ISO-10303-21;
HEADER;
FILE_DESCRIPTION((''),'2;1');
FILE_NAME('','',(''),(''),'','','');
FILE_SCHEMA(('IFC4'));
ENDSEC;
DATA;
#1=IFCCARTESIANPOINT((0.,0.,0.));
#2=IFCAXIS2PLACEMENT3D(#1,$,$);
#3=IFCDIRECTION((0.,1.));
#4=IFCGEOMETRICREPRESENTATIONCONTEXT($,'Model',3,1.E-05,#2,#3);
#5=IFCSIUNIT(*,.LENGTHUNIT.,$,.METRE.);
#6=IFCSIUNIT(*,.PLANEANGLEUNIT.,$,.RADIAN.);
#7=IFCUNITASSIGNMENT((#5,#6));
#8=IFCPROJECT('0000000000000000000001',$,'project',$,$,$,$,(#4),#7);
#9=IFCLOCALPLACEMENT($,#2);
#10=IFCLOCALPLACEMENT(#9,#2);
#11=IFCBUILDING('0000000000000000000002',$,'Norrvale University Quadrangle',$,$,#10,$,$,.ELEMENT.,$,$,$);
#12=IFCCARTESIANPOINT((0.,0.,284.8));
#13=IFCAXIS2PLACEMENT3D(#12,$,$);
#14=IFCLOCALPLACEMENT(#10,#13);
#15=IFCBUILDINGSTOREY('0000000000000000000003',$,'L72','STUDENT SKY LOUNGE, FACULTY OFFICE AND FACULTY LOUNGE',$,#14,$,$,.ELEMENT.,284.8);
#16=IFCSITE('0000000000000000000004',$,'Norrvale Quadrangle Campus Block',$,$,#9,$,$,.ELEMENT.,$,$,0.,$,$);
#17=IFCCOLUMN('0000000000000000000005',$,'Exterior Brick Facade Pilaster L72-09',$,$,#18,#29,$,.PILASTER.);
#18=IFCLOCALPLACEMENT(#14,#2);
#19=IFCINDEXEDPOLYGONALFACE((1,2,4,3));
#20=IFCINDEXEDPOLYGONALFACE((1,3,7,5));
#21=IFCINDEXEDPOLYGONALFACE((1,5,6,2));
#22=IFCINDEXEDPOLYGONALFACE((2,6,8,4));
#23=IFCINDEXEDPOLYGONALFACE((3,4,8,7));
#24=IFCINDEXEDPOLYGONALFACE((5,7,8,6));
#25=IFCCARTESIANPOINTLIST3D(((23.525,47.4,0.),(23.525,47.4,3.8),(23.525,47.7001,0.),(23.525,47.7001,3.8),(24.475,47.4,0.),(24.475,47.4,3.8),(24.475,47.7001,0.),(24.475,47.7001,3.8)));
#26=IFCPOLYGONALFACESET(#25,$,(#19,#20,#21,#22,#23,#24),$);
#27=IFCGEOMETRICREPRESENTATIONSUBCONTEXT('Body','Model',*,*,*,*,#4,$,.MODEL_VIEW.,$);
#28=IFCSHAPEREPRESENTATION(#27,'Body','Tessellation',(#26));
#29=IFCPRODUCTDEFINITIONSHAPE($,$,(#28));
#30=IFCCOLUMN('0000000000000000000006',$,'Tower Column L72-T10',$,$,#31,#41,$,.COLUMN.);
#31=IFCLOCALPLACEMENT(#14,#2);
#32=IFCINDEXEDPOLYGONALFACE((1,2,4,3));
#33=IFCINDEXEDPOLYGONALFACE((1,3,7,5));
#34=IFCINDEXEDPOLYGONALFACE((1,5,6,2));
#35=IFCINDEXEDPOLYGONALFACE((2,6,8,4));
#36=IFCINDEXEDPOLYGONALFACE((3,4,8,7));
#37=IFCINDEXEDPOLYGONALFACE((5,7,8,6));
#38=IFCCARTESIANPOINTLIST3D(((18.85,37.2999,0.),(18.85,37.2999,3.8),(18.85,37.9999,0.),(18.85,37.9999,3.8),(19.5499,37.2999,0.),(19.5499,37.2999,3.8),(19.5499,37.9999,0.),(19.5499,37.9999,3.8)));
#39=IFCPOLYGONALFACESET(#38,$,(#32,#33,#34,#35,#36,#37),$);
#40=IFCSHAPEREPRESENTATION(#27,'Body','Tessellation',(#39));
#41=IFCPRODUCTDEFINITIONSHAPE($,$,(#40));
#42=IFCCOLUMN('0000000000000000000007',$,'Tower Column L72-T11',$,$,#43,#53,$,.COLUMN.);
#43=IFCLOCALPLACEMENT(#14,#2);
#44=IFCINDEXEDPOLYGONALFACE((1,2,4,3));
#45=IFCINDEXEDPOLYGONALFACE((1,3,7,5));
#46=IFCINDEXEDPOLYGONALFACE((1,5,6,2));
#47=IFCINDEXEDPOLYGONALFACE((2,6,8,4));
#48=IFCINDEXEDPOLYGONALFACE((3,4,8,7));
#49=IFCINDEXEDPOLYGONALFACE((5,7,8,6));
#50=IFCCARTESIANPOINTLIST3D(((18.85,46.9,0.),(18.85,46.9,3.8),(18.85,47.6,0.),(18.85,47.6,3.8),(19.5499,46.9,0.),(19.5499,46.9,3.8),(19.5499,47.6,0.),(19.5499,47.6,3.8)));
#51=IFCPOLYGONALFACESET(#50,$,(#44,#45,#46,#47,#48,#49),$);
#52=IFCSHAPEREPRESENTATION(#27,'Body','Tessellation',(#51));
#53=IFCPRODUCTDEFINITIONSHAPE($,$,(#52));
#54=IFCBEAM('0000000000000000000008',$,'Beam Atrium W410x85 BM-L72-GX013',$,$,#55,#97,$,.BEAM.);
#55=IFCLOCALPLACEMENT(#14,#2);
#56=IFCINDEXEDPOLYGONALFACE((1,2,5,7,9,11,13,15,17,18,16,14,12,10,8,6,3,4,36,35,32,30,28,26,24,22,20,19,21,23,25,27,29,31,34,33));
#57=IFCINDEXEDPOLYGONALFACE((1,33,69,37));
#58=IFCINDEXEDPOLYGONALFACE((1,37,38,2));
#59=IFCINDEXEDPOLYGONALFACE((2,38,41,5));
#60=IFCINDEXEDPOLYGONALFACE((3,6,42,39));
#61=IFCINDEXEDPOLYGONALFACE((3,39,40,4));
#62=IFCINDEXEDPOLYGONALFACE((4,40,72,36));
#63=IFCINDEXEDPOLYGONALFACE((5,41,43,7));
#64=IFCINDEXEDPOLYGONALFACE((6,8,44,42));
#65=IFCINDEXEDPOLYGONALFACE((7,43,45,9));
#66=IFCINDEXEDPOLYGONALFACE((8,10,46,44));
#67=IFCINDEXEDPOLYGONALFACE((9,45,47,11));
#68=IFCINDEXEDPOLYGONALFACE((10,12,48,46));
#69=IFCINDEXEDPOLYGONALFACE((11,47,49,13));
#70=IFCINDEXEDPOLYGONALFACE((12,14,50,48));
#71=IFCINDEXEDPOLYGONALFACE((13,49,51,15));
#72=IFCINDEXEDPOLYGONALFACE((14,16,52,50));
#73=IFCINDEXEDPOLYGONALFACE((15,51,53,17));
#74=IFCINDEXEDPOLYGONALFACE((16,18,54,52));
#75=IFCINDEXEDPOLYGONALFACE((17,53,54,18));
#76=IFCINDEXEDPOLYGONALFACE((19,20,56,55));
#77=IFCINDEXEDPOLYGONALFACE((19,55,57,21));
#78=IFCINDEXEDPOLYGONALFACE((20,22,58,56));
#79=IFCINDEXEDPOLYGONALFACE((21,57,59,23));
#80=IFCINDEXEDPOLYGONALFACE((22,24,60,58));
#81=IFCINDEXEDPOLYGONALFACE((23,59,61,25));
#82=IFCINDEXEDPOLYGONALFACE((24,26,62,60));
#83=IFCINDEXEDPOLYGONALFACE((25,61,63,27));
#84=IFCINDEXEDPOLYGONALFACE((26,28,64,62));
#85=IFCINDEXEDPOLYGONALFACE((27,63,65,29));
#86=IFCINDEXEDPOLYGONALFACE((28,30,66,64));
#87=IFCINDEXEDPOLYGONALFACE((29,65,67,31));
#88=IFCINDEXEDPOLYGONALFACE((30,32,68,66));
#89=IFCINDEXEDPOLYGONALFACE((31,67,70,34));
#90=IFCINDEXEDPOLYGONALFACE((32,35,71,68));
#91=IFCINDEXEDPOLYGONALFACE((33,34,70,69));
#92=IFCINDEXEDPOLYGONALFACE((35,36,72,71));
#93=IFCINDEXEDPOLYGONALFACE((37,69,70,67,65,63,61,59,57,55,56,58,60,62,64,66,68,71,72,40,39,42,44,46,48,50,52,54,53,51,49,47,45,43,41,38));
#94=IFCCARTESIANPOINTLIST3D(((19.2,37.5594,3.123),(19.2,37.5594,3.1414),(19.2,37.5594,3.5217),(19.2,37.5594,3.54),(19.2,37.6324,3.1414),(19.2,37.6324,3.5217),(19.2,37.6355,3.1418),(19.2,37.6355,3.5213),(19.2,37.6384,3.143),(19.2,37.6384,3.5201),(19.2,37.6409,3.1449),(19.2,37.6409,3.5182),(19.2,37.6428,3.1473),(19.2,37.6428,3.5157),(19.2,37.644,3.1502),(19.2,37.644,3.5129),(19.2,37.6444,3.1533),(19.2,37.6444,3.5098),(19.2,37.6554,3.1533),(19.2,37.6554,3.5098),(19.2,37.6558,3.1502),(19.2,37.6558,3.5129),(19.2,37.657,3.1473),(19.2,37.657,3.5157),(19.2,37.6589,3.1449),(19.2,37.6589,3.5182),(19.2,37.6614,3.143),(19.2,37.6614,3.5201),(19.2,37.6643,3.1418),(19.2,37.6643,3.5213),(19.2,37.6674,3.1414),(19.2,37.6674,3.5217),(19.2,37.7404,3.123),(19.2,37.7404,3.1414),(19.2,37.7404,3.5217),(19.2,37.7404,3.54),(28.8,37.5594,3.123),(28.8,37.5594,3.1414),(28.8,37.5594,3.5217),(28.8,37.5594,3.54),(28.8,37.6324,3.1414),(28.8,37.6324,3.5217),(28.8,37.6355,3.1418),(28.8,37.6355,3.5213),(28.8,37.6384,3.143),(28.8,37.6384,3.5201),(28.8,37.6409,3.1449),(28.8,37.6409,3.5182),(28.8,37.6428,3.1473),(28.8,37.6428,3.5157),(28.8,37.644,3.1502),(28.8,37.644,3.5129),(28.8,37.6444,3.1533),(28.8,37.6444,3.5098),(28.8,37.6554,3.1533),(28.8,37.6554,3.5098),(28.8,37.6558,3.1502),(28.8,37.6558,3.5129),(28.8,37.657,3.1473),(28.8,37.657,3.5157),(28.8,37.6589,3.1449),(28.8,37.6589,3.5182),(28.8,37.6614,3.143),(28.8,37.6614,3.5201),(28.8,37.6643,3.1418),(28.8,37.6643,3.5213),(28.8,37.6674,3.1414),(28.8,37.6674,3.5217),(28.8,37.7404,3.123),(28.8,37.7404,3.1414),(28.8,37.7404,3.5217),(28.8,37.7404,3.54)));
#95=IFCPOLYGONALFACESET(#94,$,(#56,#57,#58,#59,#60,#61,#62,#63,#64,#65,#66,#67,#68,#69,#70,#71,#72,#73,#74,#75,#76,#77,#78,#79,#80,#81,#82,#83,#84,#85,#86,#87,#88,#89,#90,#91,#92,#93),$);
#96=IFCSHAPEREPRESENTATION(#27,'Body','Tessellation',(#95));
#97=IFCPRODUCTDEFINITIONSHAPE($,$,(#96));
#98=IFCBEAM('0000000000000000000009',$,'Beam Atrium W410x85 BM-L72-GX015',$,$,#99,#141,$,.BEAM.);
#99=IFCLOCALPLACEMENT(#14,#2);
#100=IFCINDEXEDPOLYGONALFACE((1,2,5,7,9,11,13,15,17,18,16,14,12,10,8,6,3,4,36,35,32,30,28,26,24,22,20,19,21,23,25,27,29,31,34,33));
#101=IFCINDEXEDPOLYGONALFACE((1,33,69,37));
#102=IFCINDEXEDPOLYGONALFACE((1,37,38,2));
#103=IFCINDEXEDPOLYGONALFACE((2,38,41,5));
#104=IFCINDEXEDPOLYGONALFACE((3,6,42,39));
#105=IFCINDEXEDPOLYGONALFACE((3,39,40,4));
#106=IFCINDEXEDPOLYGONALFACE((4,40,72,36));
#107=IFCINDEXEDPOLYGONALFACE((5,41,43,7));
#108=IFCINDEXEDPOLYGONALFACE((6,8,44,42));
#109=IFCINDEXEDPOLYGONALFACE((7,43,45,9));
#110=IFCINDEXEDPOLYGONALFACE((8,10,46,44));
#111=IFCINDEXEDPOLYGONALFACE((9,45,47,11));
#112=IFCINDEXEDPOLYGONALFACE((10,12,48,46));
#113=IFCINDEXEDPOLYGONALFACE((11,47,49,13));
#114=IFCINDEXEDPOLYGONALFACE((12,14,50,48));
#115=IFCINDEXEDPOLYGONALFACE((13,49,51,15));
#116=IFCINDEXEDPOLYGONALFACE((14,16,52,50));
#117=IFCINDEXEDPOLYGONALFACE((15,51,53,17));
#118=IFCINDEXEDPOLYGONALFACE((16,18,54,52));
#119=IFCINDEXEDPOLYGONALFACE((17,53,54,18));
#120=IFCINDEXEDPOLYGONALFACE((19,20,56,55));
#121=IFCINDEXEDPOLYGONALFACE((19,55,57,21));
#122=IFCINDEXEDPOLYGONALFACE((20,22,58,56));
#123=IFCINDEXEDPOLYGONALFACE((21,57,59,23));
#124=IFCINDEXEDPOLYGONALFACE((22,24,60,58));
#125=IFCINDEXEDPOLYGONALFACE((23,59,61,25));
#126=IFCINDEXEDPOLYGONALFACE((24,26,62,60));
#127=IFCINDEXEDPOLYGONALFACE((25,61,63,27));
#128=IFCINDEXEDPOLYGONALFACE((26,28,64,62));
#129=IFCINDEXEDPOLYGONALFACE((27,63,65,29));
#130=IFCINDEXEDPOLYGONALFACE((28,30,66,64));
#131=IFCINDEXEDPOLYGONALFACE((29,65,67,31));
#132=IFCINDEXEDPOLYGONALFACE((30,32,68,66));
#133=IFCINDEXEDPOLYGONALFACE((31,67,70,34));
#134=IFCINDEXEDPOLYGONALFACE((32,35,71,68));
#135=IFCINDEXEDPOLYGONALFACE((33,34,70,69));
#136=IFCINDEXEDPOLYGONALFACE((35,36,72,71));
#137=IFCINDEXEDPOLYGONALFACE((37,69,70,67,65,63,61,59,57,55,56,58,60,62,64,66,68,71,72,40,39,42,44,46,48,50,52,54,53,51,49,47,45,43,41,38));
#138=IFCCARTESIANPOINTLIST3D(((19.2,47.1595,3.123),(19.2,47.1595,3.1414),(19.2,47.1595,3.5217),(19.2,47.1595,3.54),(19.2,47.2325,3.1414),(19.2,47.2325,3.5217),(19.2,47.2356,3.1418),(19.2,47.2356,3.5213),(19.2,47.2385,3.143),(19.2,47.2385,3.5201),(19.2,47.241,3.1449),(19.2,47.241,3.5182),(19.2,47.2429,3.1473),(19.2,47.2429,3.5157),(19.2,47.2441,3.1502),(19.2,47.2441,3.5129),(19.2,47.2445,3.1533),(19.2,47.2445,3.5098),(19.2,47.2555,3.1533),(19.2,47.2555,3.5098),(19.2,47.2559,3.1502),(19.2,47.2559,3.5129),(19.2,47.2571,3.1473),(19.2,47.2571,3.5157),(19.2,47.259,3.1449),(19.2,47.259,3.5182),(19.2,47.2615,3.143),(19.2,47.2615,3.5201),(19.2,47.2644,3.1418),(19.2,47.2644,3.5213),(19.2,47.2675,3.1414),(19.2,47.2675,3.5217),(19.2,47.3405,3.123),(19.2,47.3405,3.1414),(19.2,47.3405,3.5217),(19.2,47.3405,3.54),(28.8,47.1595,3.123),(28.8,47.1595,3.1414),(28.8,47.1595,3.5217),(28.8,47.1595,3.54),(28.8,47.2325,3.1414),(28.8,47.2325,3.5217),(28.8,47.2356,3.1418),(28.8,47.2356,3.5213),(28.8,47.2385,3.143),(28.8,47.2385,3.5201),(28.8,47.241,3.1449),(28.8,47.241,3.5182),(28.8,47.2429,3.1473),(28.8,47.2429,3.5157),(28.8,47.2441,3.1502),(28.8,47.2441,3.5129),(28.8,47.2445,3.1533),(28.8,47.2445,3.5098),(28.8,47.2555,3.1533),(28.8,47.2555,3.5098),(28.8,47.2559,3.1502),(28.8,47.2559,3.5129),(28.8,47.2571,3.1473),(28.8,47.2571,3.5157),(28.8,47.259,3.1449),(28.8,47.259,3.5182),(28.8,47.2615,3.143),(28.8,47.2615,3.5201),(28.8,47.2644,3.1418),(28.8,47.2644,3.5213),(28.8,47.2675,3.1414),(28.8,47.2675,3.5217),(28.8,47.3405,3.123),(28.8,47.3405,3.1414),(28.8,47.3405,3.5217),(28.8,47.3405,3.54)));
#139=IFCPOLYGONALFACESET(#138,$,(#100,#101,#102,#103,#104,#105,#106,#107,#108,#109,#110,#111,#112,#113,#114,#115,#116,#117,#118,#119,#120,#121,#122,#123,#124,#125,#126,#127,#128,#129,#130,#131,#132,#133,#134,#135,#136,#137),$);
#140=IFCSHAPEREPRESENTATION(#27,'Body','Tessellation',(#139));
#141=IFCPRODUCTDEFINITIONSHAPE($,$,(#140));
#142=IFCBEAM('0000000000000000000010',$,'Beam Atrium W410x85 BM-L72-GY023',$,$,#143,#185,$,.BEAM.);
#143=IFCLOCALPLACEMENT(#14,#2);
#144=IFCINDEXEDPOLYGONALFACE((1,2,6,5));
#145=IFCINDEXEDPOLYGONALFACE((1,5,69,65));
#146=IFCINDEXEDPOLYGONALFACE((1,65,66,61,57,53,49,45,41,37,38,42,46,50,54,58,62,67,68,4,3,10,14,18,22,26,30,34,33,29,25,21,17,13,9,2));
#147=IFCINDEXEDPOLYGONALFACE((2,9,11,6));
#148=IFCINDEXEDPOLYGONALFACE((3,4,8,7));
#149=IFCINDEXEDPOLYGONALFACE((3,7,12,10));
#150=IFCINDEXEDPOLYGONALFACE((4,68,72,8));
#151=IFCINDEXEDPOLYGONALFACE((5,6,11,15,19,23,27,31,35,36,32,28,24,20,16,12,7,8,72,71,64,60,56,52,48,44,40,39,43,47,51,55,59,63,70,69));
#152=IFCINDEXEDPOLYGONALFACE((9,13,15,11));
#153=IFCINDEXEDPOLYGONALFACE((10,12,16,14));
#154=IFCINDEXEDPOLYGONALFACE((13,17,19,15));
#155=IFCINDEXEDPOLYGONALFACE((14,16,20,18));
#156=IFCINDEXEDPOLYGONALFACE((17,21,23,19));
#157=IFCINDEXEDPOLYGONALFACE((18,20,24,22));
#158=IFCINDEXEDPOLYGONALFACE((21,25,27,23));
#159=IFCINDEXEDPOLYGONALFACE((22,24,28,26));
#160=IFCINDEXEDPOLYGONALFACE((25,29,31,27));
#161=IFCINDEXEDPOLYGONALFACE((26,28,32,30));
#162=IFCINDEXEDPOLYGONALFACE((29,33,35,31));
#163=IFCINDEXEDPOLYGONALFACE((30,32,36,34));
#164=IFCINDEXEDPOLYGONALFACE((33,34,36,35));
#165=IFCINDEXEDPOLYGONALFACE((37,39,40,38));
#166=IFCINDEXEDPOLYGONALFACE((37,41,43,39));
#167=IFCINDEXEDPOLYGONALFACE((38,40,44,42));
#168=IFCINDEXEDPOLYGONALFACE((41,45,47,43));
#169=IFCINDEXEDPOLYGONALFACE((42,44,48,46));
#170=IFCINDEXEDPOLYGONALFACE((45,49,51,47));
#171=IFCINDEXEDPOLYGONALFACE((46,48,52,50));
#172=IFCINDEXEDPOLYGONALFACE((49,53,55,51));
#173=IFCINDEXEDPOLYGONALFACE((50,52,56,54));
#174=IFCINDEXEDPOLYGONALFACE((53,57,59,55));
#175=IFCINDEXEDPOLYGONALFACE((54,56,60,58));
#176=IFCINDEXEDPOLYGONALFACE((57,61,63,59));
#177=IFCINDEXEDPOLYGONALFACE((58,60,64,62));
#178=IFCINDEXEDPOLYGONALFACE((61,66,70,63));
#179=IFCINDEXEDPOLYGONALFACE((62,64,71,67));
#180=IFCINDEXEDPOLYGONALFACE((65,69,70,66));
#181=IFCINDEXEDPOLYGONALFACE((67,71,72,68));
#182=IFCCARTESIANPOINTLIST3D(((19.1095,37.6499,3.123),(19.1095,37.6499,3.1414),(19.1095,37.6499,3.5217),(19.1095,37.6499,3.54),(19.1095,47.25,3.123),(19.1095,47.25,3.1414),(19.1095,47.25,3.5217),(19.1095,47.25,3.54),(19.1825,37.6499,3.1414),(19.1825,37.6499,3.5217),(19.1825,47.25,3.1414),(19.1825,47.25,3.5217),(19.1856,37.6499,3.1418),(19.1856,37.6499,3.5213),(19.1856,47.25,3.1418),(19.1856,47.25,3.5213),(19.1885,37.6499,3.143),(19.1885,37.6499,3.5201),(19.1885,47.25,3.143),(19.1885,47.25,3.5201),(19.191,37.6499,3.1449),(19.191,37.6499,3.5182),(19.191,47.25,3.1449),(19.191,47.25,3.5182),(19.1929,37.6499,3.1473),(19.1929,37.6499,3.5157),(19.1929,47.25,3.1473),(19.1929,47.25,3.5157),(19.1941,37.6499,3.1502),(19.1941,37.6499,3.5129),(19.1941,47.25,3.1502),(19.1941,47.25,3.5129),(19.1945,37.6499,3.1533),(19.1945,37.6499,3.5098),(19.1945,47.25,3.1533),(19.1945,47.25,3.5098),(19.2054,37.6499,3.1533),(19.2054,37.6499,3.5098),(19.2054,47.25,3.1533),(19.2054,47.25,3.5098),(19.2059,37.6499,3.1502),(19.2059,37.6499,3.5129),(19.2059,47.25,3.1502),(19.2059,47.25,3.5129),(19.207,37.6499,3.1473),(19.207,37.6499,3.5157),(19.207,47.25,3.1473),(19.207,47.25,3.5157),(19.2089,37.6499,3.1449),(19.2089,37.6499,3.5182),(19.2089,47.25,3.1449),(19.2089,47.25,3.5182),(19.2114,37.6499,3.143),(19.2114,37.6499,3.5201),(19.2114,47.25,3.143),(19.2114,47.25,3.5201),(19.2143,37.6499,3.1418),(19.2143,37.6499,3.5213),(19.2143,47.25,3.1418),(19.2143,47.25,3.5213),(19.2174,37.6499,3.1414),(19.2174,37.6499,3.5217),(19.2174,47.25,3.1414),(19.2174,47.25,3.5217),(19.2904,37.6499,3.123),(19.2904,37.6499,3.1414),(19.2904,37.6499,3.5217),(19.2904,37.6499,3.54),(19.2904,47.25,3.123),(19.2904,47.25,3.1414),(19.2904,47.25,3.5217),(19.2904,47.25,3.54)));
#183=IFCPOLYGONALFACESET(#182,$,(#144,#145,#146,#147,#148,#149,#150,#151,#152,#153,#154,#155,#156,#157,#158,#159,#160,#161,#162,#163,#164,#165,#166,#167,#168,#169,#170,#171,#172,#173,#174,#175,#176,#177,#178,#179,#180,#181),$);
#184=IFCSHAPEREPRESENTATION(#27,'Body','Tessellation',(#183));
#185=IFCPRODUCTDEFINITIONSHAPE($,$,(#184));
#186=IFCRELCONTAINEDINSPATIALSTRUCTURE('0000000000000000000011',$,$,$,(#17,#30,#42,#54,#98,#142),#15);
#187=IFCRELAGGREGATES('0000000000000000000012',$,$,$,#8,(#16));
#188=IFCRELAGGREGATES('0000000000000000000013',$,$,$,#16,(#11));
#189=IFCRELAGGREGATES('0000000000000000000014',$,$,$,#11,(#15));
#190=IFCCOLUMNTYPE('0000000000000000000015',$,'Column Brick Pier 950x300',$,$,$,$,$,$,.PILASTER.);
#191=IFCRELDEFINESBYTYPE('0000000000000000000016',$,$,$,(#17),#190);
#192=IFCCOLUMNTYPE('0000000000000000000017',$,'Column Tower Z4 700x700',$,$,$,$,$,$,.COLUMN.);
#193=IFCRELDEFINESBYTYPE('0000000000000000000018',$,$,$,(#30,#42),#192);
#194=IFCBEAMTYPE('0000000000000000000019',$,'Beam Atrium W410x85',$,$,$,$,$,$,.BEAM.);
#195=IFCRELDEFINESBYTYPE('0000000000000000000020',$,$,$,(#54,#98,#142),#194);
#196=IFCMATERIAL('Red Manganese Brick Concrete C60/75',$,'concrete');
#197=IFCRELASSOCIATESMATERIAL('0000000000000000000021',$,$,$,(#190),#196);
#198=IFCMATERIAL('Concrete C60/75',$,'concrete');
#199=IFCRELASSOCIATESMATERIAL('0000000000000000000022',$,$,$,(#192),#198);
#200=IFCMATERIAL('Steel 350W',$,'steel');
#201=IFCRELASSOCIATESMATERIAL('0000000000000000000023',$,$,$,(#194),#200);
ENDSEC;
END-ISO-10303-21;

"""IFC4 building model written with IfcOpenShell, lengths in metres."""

from ifc_helpers import new_model, si_unit, direction, frame, origin, origin_2d, place, context, subcontext, project, spatial, rectangle, i_section, extrude, material, material_profile, profile_set, type_object, element, save


model = new_model("IFC4")

# Units and contexts
model_context = context("Model", 3, precision=1e-05, world=origin(), true_north=direction((0.0, 1.0)))
body_context = subcontext(model_context, "Body", "Model", "MODEL_VIEW")
ifc_project = project(units=[si_unit("LENGTHUNIT", "METRE"), si_unit("PLANEANGLEUNIT", "RADIAN")], contexts=[model_context])

# Site, building, storey
site_placement = place(None, origin())
site = spatial("IfcSite", under=ifc_project, at=site_placement, Name="Norrvale Quadrangle Campus Block", CompositionType="ELEMENT", RefElevation=0.0)
building_placement = place(site_placement, origin())
building = spatial("IfcBuilding", under=site, at=building_placement, Name="Norrvale University Quadrangle", CompositionType="ELEMENT")
storey_placement = place(building_placement, frame((0.0, 0.0, 284.8)))
storey = spatial("IfcBuildingStorey", under=building, at=storey_placement, Name="L72", Description="STUDENT SKY LOUNGE, FACULTY OFFICE AND FACULTY LOUNGE", CompositionType="ELEMENT", Elevation=284.8)

# Columns
ifc_material_1 = material(Name="Red Manganese Brick Concrete C60/75", Category="concrete")
ifc_material_profile_1 = material_profile(ifc_material_1, rectangle(XDim=0.95, YDim=0.3, at=origin_2d()), Name="Red Manganese Brick Concrete C60/75")
ifc_profile_set_1 = profile_set([ifc_material_profile_1], Name="Red Manganese Brick Concrete C60/75")
column_type_1 = type_object("IfcColumnType", Name="Column Brick Pier 950x300", PredefinedType="PILASTER", material=ifc_profile_set_1)
column_placement = place(storey_placement, frame((24.0, 47.55, 0.0), z_axis=(0.0, 0.0, 1.0), x_axis=(1.0, 0.0, 0.0)))
element("IfcColumn", 1, at=column_placement, inside=storey, type_object=column_type_1, Name="Exterior Brick Facade Pilaster L72-09", PredefinedType="PILASTER", context=body_context, shape_type="SweptSolid", body=[
    extrude(rectangle(XDim=0.95, YDim=0.3, at=origin_2d()), origin(), (0.0, 0.0, 1.0), 3.8),
])
ifc_material_2 = material(Name="Concrete C60/75", Category="concrete")
ifc_material_profile_2 = material_profile(ifc_material_2, rectangle(XDim=0.7, YDim=0.7, at=origin_2d()), Name="Concrete C60/75")
ifc_profile_set_2 = profile_set([ifc_material_profile_2], Name="Concrete C60/75")
column_type_2 = type_object("IfcColumnType", Name="Column Tower Z4 700x700", PredefinedType="COLUMN", material=ifc_profile_set_2)
for number, where, z_axis, x_axis, name in (
    (2, (19.2, 37.6499, 0.0), (0.0, 0.0, 1.0), (1.0, 0.0, 0.0), "Tower Column L72-T10"),
    (3, (19.2, 47.25, 0.0), (0.0, 0.0, 1.0), (1.0, 0.0, 0.0), "Tower Column L72-T11"),
):
    element("IfcColumn", number, at=place(storey_placement, frame(where, z_axis=z_axis, x_axis=x_axis)), inside=storey, type_object=column_type_2, Name=name, PredefinedType="COLUMN", context=body_context, shape_type="SweptSolid", body=[
        extrude(rectangle(XDim=0.7, YDim=0.7, at=origin_2d()), origin(), (0.0, 0.0, 1.0), 3.8),
    ])

# Beams
ifc_material_3 = material(Name="Steel 350W", Category="steel")
ifc_material_profile_3 = material_profile(ifc_material_3, i_section(OverallWidth=0.1809, OverallDepth=0.417, WebThickness=0.011, FlangeThickness=0.0183, FilletRadius=0.012, at=origin_2d()), Name="Steel 350W")
ifc_profile_set_3 = profile_set([ifc_material_profile_3], Name="Steel 350W")
beam_type_1 = type_object("IfcBeamType", Name="Beam Atrium W410x85", PredefinedType="BEAM", material=ifc_profile_set_3)
for number, where, z_axis, x_axis, name in (
    (4, (19.2, 37.6499, 3.3315), (1.0, 0.0, 0.0), (0.0, 1.0, 0.0), "Beam Atrium W410x85 BM-L72-GX013"),
    (5, (19.2, 47.25, 3.3315), (1.0, 0.0, 0.0), (0.0, 1.0, 0.0), "Beam Atrium W410x85 BM-L72-GX015"),
    (6, (19.2, 37.6499, 3.3315), (0.0, 1.0, 0.0), (-1.0, 0.0, 0.0), "Beam Atrium W410x85 BM-L72-GY023"),
):
    element("IfcBeam", number, at=place(storey_placement, frame(where, z_axis=z_axis, x_axis=x_axis)), inside=storey, type_object=beam_type_1, Name=name, PredefinedType="BEAM", context=body_context, shape_type="SweptSolid", body=[
        extrude(i_section(OverallWidth=0.1809, OverallDepth=0.417, WebThickness=0.011, FlangeThickness=0.0183, FilletRadius=0.012, at=origin_2d()), origin(), (0.0, 0.0, 1.0), 9.6001),
    ])

save(model, "model.ifc")
